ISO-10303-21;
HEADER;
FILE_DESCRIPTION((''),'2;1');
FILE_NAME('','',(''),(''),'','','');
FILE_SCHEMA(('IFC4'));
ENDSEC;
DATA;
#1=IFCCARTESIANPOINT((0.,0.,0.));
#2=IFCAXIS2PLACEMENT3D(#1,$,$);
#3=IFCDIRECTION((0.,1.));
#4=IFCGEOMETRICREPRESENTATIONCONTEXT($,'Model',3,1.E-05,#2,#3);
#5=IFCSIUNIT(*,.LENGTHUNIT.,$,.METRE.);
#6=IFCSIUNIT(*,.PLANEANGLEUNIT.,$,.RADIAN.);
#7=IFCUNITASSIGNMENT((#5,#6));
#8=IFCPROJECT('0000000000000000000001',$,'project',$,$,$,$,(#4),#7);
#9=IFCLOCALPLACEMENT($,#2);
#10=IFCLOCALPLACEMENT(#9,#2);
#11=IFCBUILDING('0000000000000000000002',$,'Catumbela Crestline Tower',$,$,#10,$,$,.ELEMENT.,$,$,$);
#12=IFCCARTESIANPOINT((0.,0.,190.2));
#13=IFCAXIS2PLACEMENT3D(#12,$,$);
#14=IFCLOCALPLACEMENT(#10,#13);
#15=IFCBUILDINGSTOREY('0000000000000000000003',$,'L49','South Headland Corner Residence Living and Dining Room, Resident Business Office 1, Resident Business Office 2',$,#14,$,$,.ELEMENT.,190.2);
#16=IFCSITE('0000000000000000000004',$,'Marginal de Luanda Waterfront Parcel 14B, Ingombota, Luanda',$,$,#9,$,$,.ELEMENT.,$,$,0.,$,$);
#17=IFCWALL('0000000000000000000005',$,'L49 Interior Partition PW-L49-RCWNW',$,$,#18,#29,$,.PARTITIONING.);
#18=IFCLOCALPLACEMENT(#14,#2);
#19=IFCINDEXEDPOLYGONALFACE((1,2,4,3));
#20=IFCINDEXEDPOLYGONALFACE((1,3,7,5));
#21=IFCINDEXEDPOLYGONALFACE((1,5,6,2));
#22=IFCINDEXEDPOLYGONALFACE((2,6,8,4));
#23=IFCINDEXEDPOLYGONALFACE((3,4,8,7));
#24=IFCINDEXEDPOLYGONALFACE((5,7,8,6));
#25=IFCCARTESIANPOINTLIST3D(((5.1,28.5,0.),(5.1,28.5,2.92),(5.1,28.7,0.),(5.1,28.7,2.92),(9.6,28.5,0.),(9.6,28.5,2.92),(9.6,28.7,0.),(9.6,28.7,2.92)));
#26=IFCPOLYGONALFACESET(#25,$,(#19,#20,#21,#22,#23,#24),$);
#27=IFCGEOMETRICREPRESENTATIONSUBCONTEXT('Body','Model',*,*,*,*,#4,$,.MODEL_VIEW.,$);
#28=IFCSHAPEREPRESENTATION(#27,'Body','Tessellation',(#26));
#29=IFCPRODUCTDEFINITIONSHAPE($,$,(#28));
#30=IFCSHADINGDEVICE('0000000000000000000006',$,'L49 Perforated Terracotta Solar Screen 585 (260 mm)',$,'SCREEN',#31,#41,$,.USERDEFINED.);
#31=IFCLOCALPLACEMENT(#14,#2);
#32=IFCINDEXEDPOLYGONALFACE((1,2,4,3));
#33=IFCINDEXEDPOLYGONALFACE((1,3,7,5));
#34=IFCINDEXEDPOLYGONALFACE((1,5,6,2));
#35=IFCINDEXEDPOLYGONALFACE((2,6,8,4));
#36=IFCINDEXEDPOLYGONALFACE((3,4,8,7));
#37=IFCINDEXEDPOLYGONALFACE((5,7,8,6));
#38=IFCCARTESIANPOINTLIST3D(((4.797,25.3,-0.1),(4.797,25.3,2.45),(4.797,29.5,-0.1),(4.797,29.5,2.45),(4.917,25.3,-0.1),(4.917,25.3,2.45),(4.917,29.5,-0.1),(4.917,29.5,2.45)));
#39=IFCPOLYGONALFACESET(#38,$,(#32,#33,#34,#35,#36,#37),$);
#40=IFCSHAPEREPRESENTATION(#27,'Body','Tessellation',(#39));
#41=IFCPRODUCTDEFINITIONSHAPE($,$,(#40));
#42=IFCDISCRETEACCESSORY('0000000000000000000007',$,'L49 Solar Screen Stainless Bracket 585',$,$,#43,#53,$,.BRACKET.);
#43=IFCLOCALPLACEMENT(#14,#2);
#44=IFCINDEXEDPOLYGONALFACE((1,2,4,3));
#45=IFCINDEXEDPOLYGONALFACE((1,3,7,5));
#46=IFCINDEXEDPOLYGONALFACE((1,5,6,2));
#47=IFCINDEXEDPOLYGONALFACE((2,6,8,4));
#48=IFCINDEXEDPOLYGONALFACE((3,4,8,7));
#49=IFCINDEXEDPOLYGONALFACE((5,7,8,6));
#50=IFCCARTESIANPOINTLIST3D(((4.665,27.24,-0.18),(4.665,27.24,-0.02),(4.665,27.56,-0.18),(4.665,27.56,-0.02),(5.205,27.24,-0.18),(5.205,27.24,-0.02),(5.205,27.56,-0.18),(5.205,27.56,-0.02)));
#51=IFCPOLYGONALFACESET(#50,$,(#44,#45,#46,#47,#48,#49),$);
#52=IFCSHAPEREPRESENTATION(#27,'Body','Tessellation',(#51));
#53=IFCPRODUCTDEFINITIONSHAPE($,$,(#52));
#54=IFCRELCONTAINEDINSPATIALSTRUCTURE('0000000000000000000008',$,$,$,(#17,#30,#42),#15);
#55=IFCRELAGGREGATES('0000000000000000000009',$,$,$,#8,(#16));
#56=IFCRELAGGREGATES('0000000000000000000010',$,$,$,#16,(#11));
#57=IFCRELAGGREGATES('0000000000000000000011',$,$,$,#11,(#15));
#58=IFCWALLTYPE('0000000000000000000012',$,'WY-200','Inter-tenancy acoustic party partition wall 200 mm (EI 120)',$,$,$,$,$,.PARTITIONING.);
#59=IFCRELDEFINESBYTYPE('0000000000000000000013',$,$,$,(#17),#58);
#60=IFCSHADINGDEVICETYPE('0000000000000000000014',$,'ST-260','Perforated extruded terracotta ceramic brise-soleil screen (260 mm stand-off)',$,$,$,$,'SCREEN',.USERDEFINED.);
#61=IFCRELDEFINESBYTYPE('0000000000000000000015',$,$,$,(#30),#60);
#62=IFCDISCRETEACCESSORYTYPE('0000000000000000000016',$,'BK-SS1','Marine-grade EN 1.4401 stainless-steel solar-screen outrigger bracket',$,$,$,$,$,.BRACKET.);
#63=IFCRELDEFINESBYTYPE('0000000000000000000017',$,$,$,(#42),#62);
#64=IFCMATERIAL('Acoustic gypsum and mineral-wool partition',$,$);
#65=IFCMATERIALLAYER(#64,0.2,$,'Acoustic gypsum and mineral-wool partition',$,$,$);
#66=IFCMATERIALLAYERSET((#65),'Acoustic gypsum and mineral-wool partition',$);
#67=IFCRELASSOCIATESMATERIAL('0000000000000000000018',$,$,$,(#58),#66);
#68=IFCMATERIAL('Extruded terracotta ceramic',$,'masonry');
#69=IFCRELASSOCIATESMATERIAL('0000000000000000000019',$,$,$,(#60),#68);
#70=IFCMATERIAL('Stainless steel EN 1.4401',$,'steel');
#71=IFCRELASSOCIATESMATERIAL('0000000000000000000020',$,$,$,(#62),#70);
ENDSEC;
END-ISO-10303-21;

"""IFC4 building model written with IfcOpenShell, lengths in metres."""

from ifc_helpers import new_model, si_unit, direction, frame, frame_2d, origin, origin_2d, place, context, subcontext, project, spatial, rectangle, extrude, material, layer, layer_set, type_object, element, save


model = new_model("IFC4")

# Units and contexts
model_context = context("Model", 3, precision=1e-05, world=origin(), true_north=direction((0.0, 1.0)))
body_context = subcontext(model_context, "Body", "Model", "MODEL_VIEW")
ifc_project = project(units=[si_unit("LENGTHUNIT", "METRE"), si_unit("PLANEANGLEUNIT", "RADIAN")], contexts=[model_context])

# Site, building, storey
site_placement = place(None, origin())
site = spatial("IfcSite", under=ifc_project, at=site_placement, Name="Marginal de Luanda Waterfront Parcel 14B, Ingombota, Luanda", CompositionType="ELEMENT", RefElevation=0.0)
building_placement = place(site_placement, origin())
building = spatial("IfcBuilding", under=site, at=building_placement, Name="Catumbela Crestline Tower", CompositionType="ELEMENT")
storey_placement = place(building_placement, frame((0.0, 0.0, 190.2)))
storey = spatial("IfcBuildingStorey", under=building, at=storey_placement, Name="L49", Description="South Headland Corner Residence Living and Dining Room, Resident Business Office 1, Resident Business Office 2", CompositionType="ELEMENT", Elevation=190.2)

# Wall
ifc_material_1 = material(Name="Acoustic gypsum and mineral-wool partition")
ifc_layer_1 = layer(ifc_material_1, 0.2, Name="Acoustic gypsum and mineral-wool partition")
ifc_layer_set_1 = layer_set([ifc_layer_1], Name="Acoustic gypsum and mineral-wool partition")
wall_type = type_object("IfcWallType", Name="WY-200", Description="Inter-tenancy acoustic party partition wall 200 mm (EI 120)", PredefinedType="PARTITIONING", material=ifc_layer_set_1)
wall_placement = place(storey_placement, frame((5.1, 28.6, 0.0), z_axis=(0.0, 0.0, 1.0), x_axis=(1.0, 0.0, 0.0)))
element("IfcWall", 1, at=wall_placement, inside=storey, type_object=wall_type, Name="L49 Interior Partition PW-L49-RCWNW", PredefinedType="PARTITIONING", context=body_context, shape_type="SweptSolid", body=[
    extrude(rectangle(XDim=4.5, YDim=0.2, at=frame_2d((2.25, 0.0))), origin(), (0.0, 0.0, 1.0), 2.92),
])

# Shading device
ifc_material_2 = material(Name="Extruded terracotta ceramic", Category="masonry")
shading_device_type = type_object("IfcShadingDeviceType", Name="ST-260", Description="Perforated extruded terracotta ceramic brise-soleil screen (260 mm stand-off)", ElementType="SCREEN", PredefinedType="USERDEFINED", material=ifc_material_2)
shading_device_placement = place(storey_placement, frame((4.857, 27.4, -0.1), z_axis=(0.0, 0.0, 1.0), x_axis=(0.0, -1.0, 0.0)))
element("IfcShadingDevice", 2, at=shading_device_placement, inside=storey, type_object=shading_device_type, Name="L49 Perforated Terracotta Solar Screen 585 (260 mm)", ObjectType="SCREEN", PredefinedType="USERDEFINED", context=body_context, shape_type="SweptSolid", body=[
    extrude(rectangle(XDim=4.2, YDim=0.12, at=origin_2d()), origin(), (0.0, 0.0, 1.0), 2.55),
])

# Discrete accessory
ifc_material_3 = material(Name="Stainless steel EN 1.4401", Category="steel")
discrete_accessory_type = type_object("IfcDiscreteAccessoryType", Name="BK-SS1", Description="Marine-grade EN 1.4401 stainless-steel solar-screen outrigger bracket", PredefinedType="BRACKET", material=ifc_material_3)
discrete_accessory_placement = place(storey_placement, frame((4.935, 27.4, -0.18), z_axis=(0.0, 0.0, 1.0), x_axis=(0.0, -1.0, 0.0)))
element("IfcDiscreteAccessory", 3, at=discrete_accessory_placement, inside=storey, type_object=discrete_accessory_type, Name="L49 Solar Screen Stainless Bracket 585", PredefinedType="BRACKET", context=body_context, shape_type="SweptSolid", body=[
    extrude(rectangle(XDim=0.32, YDim=0.54, at=origin_2d()), origin(), (0.0, 0.0, 1.0), 0.16),
])

save(model, "model.ifc")
